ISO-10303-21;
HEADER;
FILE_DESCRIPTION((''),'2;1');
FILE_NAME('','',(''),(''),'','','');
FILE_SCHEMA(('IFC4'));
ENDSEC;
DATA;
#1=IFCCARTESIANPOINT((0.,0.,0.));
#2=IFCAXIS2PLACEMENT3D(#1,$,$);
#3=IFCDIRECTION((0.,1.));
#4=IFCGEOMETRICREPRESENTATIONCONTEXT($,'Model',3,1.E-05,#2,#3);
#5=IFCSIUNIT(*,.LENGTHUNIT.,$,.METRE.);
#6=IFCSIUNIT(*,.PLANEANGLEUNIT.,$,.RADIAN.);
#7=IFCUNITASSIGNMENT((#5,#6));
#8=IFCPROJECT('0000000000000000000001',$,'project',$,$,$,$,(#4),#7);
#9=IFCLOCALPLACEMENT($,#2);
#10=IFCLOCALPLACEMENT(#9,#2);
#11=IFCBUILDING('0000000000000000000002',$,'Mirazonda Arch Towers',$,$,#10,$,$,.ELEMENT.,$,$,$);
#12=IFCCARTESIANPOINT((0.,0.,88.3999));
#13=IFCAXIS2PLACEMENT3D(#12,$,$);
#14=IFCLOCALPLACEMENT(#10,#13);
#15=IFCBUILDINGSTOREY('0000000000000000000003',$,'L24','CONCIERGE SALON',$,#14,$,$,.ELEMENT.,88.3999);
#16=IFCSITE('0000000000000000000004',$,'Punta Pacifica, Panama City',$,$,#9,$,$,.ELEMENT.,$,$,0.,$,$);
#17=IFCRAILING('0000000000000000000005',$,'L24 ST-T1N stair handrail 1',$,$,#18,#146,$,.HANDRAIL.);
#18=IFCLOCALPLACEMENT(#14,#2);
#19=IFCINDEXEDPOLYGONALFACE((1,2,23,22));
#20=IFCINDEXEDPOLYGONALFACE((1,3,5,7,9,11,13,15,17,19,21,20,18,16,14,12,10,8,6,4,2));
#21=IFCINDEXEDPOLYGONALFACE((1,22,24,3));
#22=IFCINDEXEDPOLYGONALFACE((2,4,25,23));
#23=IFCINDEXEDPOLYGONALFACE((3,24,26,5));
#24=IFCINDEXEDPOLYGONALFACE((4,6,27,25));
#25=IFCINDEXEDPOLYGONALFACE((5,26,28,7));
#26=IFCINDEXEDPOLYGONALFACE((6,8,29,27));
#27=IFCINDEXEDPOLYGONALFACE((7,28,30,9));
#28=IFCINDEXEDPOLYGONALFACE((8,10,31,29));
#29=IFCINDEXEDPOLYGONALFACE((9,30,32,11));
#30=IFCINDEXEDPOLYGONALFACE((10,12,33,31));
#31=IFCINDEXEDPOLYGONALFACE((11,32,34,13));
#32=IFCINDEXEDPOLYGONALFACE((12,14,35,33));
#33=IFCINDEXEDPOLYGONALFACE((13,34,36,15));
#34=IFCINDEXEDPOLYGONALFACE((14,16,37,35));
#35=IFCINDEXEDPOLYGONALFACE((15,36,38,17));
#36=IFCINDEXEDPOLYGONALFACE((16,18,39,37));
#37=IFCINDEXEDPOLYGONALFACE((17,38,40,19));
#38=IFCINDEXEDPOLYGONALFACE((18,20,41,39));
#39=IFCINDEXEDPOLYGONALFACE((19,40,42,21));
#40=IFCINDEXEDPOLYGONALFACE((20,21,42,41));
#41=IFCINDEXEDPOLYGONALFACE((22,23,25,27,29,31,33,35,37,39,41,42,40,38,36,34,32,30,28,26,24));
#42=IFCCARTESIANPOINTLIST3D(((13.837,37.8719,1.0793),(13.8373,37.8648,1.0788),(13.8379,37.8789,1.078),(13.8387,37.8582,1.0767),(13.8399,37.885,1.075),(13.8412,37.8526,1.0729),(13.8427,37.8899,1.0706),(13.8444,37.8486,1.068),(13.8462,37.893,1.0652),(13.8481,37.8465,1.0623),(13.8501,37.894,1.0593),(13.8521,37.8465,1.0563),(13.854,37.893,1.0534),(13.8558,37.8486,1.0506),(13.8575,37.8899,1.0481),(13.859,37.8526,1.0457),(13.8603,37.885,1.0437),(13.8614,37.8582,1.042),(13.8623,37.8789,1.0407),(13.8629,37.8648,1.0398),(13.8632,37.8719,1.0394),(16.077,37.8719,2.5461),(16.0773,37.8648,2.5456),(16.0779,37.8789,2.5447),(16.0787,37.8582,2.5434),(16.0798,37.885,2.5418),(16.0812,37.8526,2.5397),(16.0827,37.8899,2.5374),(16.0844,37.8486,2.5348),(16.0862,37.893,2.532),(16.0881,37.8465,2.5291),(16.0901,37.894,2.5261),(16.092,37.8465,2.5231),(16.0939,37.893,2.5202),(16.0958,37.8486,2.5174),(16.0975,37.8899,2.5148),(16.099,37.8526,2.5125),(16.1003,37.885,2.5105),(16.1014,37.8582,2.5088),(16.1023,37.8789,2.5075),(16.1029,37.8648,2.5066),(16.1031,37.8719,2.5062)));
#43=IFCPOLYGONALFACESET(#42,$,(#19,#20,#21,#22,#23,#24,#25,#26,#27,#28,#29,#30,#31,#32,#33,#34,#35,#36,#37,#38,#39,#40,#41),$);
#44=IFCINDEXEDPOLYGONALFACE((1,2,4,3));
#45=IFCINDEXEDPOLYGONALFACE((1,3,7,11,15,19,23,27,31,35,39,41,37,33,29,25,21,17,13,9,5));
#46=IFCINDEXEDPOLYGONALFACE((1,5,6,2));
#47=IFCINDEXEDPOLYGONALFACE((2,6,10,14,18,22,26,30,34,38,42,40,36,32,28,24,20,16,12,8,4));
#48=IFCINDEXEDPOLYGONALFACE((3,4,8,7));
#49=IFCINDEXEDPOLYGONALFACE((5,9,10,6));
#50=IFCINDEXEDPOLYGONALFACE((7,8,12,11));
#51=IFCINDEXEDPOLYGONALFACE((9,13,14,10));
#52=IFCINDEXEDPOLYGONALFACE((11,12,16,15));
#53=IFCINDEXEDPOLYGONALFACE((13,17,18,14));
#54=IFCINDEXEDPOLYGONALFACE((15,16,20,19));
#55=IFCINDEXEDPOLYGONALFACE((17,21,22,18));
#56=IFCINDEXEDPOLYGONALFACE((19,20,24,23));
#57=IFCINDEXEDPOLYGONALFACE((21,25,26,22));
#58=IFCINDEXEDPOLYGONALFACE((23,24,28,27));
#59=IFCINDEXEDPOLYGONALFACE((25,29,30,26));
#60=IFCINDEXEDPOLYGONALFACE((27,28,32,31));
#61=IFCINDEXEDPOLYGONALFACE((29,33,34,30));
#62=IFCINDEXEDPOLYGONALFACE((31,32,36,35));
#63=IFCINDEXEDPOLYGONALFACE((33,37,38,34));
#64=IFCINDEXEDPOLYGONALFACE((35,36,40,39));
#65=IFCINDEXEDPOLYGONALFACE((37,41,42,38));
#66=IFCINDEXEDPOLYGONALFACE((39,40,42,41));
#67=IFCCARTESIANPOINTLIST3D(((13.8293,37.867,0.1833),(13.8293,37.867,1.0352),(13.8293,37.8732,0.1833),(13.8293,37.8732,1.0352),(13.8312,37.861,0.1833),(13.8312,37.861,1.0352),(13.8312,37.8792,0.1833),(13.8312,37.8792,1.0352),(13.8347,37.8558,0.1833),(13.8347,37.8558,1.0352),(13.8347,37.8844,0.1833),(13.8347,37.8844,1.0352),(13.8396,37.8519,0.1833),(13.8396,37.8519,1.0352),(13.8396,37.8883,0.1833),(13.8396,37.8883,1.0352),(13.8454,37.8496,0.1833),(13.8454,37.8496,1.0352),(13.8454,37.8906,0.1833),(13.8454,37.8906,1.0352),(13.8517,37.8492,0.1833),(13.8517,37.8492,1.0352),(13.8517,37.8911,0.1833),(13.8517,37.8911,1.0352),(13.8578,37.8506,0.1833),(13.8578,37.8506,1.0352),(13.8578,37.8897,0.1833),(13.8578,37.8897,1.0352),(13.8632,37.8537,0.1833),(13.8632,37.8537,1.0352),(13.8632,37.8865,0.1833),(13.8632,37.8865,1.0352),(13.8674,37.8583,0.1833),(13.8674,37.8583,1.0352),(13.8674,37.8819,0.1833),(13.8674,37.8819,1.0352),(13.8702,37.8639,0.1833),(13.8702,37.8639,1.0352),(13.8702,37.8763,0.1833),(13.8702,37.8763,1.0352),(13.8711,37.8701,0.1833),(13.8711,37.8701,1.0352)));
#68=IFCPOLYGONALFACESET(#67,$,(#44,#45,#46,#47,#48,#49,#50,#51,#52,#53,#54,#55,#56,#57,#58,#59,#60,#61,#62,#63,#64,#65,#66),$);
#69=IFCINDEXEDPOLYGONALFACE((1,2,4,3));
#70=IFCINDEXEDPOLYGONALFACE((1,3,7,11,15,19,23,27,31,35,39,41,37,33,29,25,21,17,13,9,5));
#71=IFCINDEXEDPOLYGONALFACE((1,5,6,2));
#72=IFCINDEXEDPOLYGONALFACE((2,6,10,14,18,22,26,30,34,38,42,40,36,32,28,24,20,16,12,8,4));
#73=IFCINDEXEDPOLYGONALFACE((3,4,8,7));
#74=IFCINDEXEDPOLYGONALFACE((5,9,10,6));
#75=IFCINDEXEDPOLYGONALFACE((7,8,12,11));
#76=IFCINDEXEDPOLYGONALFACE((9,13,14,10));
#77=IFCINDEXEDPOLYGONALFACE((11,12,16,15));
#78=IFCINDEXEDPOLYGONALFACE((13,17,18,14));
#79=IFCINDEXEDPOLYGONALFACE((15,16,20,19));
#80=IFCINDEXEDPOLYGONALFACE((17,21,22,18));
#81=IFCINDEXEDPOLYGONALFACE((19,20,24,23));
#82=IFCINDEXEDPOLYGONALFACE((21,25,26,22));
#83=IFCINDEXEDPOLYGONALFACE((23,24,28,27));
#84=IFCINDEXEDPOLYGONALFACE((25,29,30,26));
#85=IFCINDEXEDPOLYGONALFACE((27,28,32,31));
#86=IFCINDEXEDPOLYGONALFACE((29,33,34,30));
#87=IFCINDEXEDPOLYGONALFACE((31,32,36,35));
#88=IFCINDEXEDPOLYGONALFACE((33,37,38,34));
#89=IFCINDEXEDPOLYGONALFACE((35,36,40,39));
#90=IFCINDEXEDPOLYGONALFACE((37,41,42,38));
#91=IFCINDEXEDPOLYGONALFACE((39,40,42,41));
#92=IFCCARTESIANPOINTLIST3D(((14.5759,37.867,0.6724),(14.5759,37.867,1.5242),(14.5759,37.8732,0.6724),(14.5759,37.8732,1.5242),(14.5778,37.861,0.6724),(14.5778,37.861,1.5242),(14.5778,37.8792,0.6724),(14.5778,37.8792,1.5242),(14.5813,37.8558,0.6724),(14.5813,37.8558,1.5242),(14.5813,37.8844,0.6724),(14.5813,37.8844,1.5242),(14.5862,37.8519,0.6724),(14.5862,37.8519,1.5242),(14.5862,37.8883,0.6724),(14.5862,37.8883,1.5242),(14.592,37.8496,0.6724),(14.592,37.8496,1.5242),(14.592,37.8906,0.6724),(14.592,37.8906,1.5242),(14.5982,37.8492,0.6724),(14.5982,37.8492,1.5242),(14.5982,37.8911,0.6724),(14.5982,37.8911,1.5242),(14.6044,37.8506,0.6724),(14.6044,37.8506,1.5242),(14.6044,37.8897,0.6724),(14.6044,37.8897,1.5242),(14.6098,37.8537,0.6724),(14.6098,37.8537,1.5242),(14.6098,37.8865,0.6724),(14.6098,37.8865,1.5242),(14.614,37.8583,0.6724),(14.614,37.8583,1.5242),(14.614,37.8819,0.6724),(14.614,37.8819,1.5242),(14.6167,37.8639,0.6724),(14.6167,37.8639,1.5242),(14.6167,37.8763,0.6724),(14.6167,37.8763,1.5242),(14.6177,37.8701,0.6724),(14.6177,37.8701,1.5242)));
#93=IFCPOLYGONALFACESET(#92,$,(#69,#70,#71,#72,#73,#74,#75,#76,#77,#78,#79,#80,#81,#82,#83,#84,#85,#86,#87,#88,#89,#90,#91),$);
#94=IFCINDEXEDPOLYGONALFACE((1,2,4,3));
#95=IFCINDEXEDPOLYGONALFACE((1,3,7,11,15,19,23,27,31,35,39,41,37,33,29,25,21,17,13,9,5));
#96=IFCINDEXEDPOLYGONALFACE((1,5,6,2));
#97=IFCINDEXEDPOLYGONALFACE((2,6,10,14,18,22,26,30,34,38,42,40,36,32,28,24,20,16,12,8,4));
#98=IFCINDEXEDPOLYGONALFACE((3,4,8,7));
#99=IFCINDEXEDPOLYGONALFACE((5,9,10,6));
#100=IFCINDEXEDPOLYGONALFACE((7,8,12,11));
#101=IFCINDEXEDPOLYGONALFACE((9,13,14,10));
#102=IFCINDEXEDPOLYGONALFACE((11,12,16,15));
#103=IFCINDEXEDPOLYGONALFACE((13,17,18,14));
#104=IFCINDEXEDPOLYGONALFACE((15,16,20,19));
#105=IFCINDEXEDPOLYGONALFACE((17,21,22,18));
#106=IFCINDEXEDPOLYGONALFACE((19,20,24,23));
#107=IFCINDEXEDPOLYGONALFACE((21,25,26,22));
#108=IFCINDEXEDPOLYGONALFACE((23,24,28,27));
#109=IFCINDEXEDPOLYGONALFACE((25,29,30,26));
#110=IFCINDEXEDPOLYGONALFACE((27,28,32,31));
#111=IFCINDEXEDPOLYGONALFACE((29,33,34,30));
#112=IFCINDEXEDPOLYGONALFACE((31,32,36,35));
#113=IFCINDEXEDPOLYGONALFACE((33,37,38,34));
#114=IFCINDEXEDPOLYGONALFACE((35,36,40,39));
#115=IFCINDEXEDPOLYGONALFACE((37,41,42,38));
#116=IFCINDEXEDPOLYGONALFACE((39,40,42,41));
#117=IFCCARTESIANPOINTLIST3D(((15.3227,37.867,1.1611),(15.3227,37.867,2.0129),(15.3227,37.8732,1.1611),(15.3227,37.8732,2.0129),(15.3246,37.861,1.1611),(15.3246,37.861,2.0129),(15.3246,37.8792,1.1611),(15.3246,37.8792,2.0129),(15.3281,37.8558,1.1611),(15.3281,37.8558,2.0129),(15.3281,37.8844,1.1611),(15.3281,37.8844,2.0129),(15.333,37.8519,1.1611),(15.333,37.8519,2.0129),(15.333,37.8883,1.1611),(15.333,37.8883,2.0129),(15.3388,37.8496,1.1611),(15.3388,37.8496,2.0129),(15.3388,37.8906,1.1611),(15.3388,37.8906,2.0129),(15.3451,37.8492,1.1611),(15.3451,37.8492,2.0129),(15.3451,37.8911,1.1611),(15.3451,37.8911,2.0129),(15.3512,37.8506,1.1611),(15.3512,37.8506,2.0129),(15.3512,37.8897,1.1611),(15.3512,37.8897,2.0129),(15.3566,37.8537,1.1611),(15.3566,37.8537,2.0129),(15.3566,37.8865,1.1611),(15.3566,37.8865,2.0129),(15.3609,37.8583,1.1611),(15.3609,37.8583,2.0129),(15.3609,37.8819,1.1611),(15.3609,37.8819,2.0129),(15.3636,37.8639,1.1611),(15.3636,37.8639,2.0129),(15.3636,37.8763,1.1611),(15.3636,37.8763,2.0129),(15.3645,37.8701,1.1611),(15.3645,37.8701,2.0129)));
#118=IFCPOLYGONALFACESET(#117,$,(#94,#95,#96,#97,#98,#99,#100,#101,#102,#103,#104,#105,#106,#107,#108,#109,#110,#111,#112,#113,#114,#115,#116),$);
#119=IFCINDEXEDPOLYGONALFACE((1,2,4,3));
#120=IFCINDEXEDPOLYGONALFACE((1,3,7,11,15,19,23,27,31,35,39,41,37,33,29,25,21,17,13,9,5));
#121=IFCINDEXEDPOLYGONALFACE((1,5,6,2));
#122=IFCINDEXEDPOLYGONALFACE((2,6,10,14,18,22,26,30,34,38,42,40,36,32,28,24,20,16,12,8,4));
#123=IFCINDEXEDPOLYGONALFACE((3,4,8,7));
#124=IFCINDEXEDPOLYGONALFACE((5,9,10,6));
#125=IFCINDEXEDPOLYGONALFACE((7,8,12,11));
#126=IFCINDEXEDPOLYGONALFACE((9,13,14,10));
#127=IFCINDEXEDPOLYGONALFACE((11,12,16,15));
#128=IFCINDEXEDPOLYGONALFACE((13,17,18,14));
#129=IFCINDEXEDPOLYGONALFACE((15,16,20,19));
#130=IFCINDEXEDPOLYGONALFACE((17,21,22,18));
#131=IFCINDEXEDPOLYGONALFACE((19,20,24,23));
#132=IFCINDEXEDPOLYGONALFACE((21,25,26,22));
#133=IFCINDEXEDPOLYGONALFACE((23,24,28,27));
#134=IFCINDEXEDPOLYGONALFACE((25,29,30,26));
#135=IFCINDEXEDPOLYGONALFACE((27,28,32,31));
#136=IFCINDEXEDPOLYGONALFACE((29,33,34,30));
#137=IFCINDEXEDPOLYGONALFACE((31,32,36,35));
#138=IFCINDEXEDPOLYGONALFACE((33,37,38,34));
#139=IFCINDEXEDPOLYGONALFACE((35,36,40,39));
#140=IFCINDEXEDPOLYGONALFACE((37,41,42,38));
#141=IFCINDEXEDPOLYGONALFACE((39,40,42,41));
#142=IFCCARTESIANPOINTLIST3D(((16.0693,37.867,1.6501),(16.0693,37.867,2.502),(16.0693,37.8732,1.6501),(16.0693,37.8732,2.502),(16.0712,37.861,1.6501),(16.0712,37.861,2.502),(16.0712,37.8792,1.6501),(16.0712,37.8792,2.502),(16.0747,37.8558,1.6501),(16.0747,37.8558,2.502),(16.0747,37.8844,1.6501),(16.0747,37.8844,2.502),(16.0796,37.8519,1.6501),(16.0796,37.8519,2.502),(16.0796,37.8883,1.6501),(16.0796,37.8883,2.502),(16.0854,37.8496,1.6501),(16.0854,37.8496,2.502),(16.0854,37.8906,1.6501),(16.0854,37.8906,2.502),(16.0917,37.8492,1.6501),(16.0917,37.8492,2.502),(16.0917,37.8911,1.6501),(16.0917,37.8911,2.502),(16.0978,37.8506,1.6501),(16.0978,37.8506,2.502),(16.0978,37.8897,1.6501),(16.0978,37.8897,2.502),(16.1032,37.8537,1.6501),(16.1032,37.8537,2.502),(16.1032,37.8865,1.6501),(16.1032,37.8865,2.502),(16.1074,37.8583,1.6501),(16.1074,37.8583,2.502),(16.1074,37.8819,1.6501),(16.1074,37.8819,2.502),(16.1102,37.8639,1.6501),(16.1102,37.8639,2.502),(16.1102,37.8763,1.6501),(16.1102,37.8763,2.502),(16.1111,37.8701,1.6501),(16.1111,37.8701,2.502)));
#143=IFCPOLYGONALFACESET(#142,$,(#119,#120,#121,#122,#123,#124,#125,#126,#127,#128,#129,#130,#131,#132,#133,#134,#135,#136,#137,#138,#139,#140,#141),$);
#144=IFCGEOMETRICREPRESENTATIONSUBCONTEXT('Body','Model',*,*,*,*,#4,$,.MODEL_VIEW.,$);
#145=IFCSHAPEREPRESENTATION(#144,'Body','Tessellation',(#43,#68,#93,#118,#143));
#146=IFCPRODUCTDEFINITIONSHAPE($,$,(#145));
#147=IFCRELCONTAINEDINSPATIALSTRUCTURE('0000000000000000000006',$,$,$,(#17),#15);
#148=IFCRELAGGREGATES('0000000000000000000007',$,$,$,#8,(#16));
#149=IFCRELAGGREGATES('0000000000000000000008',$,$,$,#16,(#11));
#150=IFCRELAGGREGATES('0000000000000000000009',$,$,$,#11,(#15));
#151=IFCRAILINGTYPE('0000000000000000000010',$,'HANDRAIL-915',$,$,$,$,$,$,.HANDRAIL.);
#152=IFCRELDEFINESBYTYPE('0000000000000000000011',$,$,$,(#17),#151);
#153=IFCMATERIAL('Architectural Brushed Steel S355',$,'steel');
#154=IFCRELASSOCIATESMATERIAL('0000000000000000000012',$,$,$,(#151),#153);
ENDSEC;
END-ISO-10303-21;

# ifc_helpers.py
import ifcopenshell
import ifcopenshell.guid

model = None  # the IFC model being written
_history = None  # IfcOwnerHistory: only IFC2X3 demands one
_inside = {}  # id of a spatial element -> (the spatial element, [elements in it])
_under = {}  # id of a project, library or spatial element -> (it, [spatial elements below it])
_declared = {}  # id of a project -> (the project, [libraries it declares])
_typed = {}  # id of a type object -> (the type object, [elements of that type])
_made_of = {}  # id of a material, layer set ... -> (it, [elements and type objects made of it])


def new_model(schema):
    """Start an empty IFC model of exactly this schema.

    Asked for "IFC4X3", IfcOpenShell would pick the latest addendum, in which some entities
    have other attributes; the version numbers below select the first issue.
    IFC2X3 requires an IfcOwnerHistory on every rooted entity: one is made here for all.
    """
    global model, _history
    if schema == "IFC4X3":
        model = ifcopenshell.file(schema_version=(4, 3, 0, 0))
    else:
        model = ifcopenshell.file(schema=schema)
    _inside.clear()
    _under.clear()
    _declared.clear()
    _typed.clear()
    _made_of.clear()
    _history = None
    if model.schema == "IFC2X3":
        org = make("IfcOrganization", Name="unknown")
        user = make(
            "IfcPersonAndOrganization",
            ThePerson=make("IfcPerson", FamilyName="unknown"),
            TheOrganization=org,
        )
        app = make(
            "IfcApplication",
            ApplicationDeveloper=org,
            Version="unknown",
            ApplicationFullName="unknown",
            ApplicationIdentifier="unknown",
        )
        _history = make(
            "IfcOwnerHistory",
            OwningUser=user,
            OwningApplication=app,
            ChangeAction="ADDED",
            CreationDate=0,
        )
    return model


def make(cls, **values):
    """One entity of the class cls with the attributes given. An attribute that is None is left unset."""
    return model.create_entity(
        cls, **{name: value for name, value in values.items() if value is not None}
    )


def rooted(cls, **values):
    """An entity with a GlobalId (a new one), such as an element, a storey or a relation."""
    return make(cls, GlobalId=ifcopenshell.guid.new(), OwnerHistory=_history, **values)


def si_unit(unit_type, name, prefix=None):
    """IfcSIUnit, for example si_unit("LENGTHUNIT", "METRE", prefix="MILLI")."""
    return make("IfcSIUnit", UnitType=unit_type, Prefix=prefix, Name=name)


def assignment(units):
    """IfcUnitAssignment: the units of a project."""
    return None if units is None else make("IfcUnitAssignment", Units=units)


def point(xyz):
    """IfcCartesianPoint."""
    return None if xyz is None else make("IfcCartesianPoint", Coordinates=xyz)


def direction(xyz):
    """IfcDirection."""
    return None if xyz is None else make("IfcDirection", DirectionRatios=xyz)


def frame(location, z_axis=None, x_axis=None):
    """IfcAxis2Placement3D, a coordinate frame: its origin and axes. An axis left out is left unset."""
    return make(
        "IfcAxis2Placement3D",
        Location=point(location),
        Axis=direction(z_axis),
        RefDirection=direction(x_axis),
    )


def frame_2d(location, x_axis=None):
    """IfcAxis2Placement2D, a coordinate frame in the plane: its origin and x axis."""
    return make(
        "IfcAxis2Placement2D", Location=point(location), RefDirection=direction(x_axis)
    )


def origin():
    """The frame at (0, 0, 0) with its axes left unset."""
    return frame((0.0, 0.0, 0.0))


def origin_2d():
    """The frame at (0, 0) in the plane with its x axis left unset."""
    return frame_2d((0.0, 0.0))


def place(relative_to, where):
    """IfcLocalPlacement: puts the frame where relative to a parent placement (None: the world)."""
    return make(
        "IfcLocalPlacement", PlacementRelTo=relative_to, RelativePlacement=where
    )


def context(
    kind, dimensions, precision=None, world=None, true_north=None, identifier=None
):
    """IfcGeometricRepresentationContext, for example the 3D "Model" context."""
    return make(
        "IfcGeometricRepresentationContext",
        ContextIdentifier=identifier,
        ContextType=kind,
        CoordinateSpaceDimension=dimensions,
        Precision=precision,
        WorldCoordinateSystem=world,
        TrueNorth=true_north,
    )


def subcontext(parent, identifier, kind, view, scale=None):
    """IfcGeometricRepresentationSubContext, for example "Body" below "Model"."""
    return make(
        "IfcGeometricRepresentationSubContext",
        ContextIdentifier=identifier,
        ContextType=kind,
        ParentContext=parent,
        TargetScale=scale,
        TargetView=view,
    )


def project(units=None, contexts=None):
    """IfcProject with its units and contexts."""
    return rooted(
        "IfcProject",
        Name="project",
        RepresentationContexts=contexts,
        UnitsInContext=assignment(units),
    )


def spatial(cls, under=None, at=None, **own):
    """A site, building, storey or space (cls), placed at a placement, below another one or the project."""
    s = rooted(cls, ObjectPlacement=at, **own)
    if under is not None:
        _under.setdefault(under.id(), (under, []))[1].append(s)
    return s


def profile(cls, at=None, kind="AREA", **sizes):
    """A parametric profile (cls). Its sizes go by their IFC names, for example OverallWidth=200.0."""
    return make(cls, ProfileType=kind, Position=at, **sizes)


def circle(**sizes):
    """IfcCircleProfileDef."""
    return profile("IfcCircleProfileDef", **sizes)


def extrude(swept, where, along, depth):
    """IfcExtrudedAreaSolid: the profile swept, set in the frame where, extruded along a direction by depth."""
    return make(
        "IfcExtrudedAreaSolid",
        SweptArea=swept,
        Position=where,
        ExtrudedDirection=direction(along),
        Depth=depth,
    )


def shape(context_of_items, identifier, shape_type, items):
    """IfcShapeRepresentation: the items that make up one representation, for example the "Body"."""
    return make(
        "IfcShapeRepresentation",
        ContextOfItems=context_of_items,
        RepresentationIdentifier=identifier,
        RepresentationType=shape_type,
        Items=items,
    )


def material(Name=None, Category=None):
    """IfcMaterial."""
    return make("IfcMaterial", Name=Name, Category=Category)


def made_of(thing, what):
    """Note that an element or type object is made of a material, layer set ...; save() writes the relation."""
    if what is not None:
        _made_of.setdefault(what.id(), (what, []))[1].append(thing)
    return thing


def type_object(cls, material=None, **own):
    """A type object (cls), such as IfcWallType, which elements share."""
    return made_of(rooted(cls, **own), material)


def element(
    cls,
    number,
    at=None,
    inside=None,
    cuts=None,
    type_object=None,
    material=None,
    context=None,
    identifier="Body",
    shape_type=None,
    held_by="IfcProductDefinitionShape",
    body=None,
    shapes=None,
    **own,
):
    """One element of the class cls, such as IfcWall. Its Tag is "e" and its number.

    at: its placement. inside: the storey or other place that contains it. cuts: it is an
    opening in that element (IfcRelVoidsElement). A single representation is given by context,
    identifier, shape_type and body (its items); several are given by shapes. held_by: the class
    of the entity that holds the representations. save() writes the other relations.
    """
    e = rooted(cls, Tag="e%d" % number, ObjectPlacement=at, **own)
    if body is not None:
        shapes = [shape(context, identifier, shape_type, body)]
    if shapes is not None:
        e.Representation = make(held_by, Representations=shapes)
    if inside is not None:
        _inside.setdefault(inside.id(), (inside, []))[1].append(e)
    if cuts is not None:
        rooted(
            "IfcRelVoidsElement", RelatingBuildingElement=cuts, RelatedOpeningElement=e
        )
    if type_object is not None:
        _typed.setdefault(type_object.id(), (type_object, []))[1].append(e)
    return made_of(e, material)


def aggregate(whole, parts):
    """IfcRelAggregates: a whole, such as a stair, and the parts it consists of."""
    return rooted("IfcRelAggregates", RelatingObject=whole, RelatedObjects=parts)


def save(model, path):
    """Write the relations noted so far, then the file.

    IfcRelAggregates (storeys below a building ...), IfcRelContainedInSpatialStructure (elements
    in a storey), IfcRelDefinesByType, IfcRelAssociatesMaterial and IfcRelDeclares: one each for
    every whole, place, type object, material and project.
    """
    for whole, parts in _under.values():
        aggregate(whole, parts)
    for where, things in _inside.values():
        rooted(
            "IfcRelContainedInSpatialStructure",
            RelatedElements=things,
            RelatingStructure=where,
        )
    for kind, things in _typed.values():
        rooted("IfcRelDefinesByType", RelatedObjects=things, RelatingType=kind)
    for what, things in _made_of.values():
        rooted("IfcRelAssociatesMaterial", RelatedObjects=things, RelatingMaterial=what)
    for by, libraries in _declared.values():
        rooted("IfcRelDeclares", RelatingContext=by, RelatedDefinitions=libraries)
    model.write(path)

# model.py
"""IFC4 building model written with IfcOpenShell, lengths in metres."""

from ifc_helpers import new_model, si_unit, direction, frame, origin, origin_2d, place, context, subcontext, project, spatial, circle, extrude, material, type_object, element, save


model = new_model("IFC4")

# Units and contexts
model_context = context("Model", 3, precision=1e-05, world=origin(), true_north=direction((0.0, 1.0)))
body_context = subcontext(model_context, "Body", "Model", "MODEL_VIEW")
ifc_project = project(units=[si_unit("LENGTHUNIT", "METRE"), si_unit("PLANEANGLEUNIT", "RADIAN")], contexts=[model_context])

# Site, building, storey
site_placement = place(None, origin())
site = spatial("IfcSite", under=ifc_project, at=site_placement, Name="Punta Pacifica, Panama City", CompositionType="ELEMENT", RefElevation=0.0)
building_placement = place(site_placement, origin())
building = spatial("IfcBuilding", under=site, at=building_placement, Name="Mirazonda Arch Towers", CompositionType="ELEMENT")
storey_placement = place(building_placement, frame((0.0, 0.0, 88.3999)))
storey = spatial("IfcBuildingStorey", under=building, at=storey_placement, Name="L24", Description="CONCIERGE SALON", CompositionType="ELEMENT", Elevation=88.3999)

# Railing
ifc_material_1 = material(Name="Architectural Brushed Steel S355", Category="steel")
railing_type_1 = type_object("IfcRailingType", Name="HANDRAIL-915", PredefinedType="HANDRAIL", material=ifc_material_1)
railing_1_placement = place(storey_placement, frame((13.8501, 37.8701, 0.1833)))
element("IfcRailing", 1, at=railing_1_placement, inside=storey, type_object=railing_type_1, Name="L24 ST-T1N stair handrail 1", PredefinedType="HANDRAIL", context=body_context, shape_type="SweptSolid", body=[
    extrude(circle(Radius=0.0239, at=origin_2d()), frame((0.0, 0.0, 0.876), z_axis=(0.836595, 0.0, 0.547822), x_axis=(0.0, 1.0, 0.0)), (0.0, 0.0, 1.0), 2.6775),
    extrude(circle(Radius=0.021, at=origin_2d()), origin(), (0.0, 0.0, 1.0), 0.8518),
    extrude(circle(Radius=0.021, at=origin_2d()), frame((0.7466, 0.0, 0.489)), (0.0, 0.0, 1.0), 0.8518),
    extrude(circle(Radius=0.021, at=origin_2d()), frame((1.4934, 0.0, 0.9778)), (0.0, 0.0, 1.0), 0.8518),
    extrude(circle(Radius=0.021, at=origin_2d()), frame((2.24, 0.0, 1.4668)), (0.0, 0.0, 1.0), 0.8518),
])

save(model, "model.ifc")
